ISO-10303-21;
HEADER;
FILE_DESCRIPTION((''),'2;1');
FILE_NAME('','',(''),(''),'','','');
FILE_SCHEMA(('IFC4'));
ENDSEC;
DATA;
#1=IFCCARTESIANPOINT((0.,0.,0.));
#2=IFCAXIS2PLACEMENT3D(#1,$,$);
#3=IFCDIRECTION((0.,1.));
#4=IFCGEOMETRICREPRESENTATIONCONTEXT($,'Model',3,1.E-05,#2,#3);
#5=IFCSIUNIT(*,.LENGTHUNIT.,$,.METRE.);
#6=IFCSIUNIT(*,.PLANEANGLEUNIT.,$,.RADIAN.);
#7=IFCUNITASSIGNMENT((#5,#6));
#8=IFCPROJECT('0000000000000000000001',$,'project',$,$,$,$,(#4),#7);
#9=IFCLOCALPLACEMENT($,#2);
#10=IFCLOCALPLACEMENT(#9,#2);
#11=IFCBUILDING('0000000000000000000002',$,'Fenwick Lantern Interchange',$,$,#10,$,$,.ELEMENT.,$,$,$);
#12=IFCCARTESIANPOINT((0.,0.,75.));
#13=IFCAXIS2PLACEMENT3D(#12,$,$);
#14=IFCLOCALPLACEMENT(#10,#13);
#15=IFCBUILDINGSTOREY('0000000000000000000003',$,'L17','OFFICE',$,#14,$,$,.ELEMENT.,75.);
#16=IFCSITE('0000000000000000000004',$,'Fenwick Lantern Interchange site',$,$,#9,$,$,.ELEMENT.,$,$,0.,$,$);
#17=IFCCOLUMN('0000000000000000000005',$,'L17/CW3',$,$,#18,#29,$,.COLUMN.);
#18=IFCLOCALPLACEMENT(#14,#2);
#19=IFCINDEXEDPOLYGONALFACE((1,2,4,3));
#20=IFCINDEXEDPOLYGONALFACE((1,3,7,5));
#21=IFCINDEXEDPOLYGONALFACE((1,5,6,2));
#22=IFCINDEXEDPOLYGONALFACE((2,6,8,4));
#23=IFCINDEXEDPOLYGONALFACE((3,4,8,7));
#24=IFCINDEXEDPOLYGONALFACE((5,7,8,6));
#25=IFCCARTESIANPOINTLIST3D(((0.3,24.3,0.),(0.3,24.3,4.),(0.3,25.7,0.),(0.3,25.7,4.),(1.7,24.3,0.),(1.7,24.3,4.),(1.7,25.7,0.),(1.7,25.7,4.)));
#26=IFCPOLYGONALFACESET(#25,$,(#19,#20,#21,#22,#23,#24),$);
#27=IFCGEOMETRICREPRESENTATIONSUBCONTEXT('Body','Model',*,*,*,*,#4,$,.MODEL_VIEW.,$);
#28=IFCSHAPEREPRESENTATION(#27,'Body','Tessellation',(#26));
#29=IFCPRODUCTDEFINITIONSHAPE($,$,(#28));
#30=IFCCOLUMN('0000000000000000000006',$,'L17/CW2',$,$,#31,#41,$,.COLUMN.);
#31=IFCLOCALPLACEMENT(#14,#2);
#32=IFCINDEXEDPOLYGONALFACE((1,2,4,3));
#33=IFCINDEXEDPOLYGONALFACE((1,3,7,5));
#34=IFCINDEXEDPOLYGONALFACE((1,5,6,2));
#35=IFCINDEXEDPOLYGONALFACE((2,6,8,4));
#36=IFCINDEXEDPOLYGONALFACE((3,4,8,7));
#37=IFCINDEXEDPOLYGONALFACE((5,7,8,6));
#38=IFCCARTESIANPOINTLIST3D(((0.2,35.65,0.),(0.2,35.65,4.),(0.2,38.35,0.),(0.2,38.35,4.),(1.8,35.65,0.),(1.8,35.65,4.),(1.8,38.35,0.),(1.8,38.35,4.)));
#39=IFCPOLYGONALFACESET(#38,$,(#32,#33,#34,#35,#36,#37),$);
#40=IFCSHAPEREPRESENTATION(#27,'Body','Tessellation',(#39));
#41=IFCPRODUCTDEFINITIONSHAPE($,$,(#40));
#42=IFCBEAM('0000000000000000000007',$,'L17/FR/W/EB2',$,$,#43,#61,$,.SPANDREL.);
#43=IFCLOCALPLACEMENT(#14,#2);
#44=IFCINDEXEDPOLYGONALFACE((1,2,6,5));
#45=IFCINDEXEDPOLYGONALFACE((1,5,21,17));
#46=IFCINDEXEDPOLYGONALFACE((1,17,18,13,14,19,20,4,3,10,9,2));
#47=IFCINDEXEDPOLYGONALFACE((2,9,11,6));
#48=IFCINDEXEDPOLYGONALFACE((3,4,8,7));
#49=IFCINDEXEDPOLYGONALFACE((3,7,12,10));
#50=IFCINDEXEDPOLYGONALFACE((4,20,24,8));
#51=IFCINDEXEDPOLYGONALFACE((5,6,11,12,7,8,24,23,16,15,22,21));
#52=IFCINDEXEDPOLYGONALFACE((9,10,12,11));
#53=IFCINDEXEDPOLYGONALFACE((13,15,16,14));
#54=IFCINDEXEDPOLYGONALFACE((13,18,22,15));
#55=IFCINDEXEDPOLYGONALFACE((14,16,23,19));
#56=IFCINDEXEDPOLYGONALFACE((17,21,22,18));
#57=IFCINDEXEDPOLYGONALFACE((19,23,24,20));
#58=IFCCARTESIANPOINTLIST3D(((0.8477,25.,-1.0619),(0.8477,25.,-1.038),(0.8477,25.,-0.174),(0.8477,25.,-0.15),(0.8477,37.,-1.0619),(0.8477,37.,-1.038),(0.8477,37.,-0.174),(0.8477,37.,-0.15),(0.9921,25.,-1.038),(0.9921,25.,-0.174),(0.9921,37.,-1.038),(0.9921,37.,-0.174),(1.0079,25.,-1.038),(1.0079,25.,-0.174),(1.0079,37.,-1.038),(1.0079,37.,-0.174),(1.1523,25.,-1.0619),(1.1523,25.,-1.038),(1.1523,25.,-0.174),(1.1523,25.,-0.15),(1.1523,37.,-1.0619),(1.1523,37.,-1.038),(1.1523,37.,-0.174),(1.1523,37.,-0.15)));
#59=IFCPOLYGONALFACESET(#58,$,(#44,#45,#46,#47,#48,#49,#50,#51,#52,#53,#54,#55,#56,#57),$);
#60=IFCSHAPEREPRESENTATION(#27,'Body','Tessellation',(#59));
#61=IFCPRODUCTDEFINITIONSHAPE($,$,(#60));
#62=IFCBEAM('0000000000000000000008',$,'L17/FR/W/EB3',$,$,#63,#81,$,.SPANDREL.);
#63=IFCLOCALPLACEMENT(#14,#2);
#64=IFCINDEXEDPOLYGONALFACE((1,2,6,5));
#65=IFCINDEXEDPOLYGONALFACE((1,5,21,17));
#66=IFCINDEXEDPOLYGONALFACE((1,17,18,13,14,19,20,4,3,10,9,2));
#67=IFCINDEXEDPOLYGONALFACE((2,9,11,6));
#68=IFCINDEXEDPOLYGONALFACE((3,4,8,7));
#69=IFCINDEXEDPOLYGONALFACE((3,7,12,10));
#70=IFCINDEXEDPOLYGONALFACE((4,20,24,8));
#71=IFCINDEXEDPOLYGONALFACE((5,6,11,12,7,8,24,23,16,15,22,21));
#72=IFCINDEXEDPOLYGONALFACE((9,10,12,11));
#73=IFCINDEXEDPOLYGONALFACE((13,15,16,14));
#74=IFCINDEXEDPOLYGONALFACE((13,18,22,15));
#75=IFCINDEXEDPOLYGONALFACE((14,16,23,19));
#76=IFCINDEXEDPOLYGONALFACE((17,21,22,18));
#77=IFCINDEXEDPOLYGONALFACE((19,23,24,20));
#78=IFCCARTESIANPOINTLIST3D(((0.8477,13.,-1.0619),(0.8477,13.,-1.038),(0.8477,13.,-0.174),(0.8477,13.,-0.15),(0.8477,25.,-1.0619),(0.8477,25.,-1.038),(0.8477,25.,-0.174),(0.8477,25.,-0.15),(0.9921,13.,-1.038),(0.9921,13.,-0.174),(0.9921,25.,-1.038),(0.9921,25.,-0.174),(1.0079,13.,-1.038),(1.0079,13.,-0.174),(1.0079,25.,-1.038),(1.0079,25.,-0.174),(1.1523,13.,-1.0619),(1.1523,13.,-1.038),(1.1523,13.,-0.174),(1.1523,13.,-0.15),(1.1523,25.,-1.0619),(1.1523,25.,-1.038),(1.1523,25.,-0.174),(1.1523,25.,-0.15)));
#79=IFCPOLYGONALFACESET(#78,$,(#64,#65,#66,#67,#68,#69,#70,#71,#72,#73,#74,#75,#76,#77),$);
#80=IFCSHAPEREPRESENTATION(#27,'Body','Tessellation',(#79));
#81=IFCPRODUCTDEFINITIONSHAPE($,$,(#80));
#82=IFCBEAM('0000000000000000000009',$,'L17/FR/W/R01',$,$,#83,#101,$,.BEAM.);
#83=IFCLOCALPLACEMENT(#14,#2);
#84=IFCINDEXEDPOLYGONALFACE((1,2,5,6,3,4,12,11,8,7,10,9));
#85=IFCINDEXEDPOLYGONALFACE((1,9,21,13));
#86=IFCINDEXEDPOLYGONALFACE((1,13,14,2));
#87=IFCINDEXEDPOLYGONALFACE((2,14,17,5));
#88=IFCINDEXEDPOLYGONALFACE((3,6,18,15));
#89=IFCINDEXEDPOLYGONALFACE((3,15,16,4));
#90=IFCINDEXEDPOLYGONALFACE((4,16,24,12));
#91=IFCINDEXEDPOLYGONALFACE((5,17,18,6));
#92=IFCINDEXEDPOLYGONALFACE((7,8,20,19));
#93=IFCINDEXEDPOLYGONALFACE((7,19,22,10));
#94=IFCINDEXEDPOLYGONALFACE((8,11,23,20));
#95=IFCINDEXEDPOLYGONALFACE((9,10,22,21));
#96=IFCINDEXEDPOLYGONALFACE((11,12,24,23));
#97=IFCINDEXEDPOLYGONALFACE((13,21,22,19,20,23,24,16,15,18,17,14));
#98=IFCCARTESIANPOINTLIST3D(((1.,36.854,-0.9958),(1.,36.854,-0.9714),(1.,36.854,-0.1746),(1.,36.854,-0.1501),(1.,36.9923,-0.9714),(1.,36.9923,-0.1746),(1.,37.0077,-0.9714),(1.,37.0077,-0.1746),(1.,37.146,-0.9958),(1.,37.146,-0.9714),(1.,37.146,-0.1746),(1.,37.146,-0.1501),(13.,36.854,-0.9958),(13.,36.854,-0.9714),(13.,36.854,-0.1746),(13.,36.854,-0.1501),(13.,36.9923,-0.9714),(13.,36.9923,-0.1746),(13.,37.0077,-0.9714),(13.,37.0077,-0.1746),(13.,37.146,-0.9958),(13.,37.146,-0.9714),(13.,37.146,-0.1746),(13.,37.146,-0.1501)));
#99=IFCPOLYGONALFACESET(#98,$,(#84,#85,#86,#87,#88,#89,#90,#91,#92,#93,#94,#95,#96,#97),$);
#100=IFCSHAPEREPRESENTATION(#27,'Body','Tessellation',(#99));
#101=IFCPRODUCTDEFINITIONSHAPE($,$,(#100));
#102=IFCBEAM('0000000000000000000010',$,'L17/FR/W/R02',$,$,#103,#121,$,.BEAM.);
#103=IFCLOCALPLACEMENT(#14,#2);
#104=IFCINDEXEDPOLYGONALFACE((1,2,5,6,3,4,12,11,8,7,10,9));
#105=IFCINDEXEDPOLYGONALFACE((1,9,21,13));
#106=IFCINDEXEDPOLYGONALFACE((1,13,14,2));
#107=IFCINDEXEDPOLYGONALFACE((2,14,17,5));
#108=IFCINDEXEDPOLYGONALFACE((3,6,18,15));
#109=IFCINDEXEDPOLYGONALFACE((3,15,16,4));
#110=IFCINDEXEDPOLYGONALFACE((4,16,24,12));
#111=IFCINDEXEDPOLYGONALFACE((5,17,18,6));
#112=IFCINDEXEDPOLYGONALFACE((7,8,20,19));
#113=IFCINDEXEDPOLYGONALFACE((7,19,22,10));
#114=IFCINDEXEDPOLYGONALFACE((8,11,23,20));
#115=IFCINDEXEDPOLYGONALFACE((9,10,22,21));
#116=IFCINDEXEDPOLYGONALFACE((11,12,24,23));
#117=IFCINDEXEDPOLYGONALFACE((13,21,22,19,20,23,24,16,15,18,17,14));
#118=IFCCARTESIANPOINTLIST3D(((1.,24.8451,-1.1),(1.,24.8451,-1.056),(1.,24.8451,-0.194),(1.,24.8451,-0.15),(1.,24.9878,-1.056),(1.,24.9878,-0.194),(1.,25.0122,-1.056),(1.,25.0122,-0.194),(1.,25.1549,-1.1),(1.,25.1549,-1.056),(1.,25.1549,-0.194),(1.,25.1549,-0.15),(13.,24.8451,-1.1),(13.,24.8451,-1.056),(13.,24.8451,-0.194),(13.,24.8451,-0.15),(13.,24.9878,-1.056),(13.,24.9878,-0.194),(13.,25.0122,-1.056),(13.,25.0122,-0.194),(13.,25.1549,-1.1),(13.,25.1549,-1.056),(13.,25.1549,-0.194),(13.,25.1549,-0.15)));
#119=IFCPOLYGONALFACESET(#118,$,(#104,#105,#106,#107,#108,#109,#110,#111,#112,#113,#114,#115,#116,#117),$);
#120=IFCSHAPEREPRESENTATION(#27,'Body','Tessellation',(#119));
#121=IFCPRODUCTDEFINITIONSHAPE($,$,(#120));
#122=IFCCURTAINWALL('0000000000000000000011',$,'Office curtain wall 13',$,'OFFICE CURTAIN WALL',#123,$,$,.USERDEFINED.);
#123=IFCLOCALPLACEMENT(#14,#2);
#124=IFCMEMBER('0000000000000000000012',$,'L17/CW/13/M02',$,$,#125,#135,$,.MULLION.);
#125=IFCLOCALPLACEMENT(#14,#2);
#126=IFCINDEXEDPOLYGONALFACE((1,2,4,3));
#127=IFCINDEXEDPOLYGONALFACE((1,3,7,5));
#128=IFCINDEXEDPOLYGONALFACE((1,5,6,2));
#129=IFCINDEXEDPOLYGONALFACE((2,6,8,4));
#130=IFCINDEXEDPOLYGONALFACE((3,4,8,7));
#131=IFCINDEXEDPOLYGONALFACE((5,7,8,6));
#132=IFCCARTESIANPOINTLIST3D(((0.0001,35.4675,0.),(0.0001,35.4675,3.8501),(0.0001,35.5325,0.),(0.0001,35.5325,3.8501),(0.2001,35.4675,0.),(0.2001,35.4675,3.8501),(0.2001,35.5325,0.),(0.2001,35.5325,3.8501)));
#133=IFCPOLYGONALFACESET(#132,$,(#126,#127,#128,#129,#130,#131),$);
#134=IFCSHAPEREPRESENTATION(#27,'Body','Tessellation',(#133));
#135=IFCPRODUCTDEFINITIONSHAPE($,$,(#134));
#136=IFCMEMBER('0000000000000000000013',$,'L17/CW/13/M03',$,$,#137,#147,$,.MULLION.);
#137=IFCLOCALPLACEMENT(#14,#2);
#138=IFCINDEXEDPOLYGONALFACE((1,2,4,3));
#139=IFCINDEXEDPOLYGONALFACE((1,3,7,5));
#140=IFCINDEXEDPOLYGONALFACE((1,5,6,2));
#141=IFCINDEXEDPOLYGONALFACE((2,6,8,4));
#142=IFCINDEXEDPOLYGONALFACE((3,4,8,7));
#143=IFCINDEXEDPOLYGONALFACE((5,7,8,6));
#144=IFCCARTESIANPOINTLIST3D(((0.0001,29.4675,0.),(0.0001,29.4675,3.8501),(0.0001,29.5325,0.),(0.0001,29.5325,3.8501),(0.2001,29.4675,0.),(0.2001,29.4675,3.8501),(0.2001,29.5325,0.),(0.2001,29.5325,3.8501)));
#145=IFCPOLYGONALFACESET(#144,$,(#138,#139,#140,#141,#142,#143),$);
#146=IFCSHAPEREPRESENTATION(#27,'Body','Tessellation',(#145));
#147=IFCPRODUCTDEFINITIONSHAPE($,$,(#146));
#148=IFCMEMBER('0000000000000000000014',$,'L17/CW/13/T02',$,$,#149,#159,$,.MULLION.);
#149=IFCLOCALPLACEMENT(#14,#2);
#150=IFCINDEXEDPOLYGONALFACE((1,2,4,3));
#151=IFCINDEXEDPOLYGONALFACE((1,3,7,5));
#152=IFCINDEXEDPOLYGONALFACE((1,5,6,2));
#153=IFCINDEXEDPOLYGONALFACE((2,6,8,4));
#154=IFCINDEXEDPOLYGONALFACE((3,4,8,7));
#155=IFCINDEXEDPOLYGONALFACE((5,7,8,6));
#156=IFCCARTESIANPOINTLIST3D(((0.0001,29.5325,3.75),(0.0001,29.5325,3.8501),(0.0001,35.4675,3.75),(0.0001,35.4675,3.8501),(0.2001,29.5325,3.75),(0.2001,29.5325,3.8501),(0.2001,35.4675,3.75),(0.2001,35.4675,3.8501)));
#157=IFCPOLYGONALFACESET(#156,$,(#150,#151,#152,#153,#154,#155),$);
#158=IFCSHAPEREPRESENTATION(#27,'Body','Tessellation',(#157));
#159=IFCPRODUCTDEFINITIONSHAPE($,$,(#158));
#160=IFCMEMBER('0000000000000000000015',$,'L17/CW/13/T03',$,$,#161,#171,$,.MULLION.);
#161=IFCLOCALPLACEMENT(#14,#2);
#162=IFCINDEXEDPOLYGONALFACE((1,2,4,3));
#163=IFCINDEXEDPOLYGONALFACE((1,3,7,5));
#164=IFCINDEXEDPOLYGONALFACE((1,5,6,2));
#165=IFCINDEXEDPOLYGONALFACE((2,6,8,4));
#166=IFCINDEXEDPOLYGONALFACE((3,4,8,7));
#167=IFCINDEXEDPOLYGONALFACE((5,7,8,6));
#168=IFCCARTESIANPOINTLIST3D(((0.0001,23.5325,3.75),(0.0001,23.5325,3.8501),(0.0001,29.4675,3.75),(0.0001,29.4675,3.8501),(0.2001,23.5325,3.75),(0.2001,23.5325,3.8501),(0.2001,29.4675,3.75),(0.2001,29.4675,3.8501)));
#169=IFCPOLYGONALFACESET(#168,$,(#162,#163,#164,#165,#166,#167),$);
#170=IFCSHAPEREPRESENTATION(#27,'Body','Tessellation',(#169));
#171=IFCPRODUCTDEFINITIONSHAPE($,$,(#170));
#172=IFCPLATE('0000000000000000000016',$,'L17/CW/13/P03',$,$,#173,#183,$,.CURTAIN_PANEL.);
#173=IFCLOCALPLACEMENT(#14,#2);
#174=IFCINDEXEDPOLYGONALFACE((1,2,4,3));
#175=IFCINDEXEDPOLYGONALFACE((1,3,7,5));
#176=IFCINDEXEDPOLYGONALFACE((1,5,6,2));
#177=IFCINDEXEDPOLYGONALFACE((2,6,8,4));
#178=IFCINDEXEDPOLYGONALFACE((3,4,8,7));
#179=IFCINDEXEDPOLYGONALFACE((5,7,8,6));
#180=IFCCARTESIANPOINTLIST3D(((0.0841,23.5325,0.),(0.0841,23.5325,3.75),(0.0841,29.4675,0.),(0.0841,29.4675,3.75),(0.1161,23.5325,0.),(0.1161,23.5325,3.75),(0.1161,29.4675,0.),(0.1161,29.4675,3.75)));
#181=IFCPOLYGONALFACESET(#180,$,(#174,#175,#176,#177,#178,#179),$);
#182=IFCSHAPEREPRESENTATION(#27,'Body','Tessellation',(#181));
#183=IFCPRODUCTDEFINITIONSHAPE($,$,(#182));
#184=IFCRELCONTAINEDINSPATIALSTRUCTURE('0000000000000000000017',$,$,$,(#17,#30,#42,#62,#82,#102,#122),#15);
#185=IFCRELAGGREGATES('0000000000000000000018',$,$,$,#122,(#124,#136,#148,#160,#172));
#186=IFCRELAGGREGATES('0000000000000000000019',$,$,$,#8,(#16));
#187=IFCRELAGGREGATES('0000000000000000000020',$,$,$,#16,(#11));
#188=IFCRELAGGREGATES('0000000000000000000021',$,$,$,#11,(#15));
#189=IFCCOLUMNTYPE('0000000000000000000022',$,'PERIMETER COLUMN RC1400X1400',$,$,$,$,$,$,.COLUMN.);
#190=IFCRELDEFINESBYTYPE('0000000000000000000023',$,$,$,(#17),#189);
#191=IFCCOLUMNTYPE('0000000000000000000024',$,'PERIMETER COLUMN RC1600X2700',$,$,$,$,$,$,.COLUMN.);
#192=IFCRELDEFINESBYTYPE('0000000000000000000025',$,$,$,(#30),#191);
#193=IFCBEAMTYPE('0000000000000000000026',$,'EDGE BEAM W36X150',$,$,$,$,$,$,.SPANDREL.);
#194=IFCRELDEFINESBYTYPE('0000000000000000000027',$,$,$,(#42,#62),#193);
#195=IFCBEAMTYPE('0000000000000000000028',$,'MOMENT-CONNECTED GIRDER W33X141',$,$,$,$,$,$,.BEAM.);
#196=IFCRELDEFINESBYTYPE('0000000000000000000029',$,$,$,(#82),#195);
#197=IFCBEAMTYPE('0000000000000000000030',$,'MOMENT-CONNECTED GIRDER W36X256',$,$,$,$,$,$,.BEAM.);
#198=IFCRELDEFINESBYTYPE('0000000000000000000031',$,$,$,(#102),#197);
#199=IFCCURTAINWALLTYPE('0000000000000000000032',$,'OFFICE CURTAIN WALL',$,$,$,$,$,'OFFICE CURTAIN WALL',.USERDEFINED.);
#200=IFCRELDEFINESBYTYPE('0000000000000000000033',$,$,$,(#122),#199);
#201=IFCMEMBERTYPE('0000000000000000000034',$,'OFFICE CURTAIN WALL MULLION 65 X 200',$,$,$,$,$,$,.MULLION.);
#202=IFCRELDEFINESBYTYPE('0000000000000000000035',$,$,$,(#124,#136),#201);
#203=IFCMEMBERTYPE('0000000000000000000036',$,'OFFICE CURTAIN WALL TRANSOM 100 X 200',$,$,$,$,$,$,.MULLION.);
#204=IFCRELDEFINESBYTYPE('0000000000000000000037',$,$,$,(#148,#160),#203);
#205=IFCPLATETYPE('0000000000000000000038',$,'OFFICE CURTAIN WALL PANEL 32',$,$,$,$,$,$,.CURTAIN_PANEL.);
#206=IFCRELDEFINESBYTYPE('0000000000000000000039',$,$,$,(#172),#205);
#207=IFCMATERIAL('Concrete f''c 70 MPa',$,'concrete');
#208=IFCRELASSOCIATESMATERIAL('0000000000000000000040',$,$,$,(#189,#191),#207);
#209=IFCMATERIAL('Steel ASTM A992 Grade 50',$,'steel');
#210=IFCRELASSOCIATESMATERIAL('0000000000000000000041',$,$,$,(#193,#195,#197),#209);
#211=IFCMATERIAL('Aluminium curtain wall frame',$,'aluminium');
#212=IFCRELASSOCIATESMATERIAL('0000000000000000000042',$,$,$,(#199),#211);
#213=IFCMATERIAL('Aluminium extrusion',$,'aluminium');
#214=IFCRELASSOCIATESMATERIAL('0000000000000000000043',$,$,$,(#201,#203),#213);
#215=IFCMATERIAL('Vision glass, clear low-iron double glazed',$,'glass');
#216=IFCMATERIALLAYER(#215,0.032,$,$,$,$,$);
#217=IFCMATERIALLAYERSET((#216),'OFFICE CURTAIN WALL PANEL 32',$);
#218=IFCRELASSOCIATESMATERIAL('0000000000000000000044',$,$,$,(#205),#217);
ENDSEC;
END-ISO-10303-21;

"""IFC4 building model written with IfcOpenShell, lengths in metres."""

from ifc_helpers import new_model, si_unit, direction, frame, origin, origin_2d, place, context, subcontext, project, spatial, rectangle, i_section, extrude, material, layer, layer_set, material_profile, profile_set, type_object, element, aggregate, save


model = new_model("IFC4")

# Units and contexts
model_context = context("Model", 3, precision=1e-05, world=origin(), true_north=direction((0.0, 1.0)))
body_context = subcontext(model_context, "Body", "Model", "MODEL_VIEW")
ifc_project = project(units=[si_unit("LENGTHUNIT", "METRE"), si_unit("PLANEANGLEUNIT", "RADIAN")], contexts=[model_context])

# Site, building, storey
site_placement = place(None, origin())
site = spatial("IfcSite", under=ifc_project, at=site_placement, Name="Fenwick Lantern Interchange site", CompositionType="ELEMENT", RefElevation=0.0)
building_placement = place(site_placement, origin())
building = spatial("IfcBuilding", under=site, at=building_placement, Name="Fenwick Lantern Interchange", CompositionType="ELEMENT")
storey_placement = place(building_placement, frame((0.0, 0.0, 75.0)))
storey = spatial("IfcBuildingStorey", under=building, at=storey_placement, Name="L17", Description="OFFICE", CompositionType="ELEMENT", Elevation=75.0)

# Columns
ifc_material_1 = material(Name="Concrete f'c 70 MPa", Category="concrete")
ifc_material_profile_1 = material_profile(ifc_material_1, rectangle(XDim=1.3999, YDim=1.3999, at=origin_2d()), Name="RC1400X1400")
ifc_profile_set_1 = profile_set([ifc_material_profile_1], Name="Concrete f'c 70 MPa")
column_type_1 = type_object("IfcColumnType", Name="PERIMETER COLUMN RC1400X1400", PredefinedType="COLUMN", material=ifc_profile_set_1)
column_1_placement = place(storey_placement, frame((1.0, 25.0, 0.0), z_axis=(0.0, 0.0, 1.0), x_axis=(1.0, 0.0, 0.0)))
element("IfcColumn", 1, at=column_1_placement, inside=storey, type_object=column_type_1, Name="L17/CW3", PredefinedType="COLUMN", context=body_context, shape_type="SweptSolid", body=[
    extrude(rectangle(XDim=1.3999, YDim=1.3999, at=origin_2d()), origin(), (0.0, 0.0, 1.0), 4.0),
])
ifc_material_profile_2 = material_profile(ifc_material_1, rectangle(XDim=1.6001, YDim=2.7, at=origin_2d()), Name="RC1600X2700")
ifc_profile_set_2 = profile_set([ifc_material_profile_2], Name="Concrete f'c 70 MPa")
column_type_2 = type_object("IfcColumnType", Name="PERIMETER COLUMN RC1600X2700", PredefinedType="COLUMN", material=ifc_profile_set_2)
column_2_placement = place(storey_placement, frame((1.0, 37.0, 0.0), z_axis=(0.0, 0.0, 1.0), x_axis=(1.0, 0.0, 0.0)))
element("IfcColumn", 2, at=column_2_placement, inside=storey, type_object=column_type_2, Name="L17/CW2", PredefinedType="COLUMN", context=body_context, shape_type="SweptSolid", body=[
    extrude(rectangle(XDim=1.6001, YDim=2.7, at=origin_2d()), origin(), (0.0, 0.0, 1.0), 4.0),
])

# Beams
ifc_material_2 = material(Name="Steel ASTM A992 Grade 50", Category="steel")
ifc_material_profile_3 = material_profile(ifc_material_2, i_section(OverallWidth=0.3047, OverallDepth=0.9119, WebThickness=0.0159, FlangeThickness=0.0239, at=origin_2d()), Name="W36X150")
ifc_profile_set_3 = profile_set([ifc_material_profile_3], Name="Steel ASTM A992 Grade 50")
beam_type_1 = type_object("IfcBeamType", Name="EDGE BEAM W36X150", PredefinedType="SPANDREL", material=ifc_profile_set_3)
for number, where, z_axis, x_axis, name in (
    (3, (1.0, 37.0, -0.606), (0.0, -1.0, 0.0), (1.0, 0.0, 0.0), "L17/FR/W/EB2"),
    (4, (1.0, 25.0, -0.606), (0.0, -1.0, 0.0), (1.0, 0.0, 0.0), "L17/FR/W/EB3"),
):
    element("IfcBeam", number, at=place(storey_placement, frame(where, z_axis=z_axis, x_axis=x_axis)), inside=storey, type_object=beam_type_1, Name=name, PredefinedType="SPANDREL", context=body_context, shape_type="SweptSolid", body=[
        extrude(i_section(OverallWidth=0.3047, OverallDepth=0.9119, WebThickness=0.0159, FlangeThickness=0.0239, at=origin_2d()), origin(), (0.0, 0.0, 1.0), 12.0),
    ])
ifc_material_profile_4 = material_profile(ifc_material_2, i_section(OverallWidth=0.292, OverallDepth=0.8457, WebThickness=0.0154, FlangeThickness=0.0244, at=origin_2d()), Name="W33X141")
ifc_profile_set_4 = profile_set([ifc_material_profile_4], Name="Steel ASTM A992 Grade 50")
beam_type_2 = type_object("IfcBeamType", Name="MOMENT-CONNECTED GIRDER W33X141", PredefinedType="BEAM", material=ifc_profile_set_4)
beam_1_placement = place(storey_placement, frame((1.0, 37.0, -0.573), z_axis=(1.0, 0.0, 0.0), x_axis=(0.0, 1.0, 0.0)))
element("IfcBeam", 5, at=beam_1_placement, inside=storey, type_object=beam_type_2, Name="L17/FR/W/R01", PredefinedType="BEAM", context=body_context, shape_type="SweptSolid", body=[
    extrude(i_section(OverallWidth=0.292, OverallDepth=0.8457, WebThickness=0.0154, FlangeThickness=0.0244, at=origin_2d()), origin(), (0.0, 0.0, 1.0), 12.0),
])
ifc_material_profile_5 = material_profile(ifc_material_2, i_section(OverallWidth=0.3098, OverallDepth=0.95, WebThickness=0.0244, FlangeThickness=0.0439, at=origin_2d()), Name="W36X256")
ifc_profile_set_5 = profile_set([ifc_material_profile_5], Name="Steel ASTM A992 Grade 50")
beam_type_3 = type_object("IfcBeamType", Name="MOMENT-CONNECTED GIRDER W36X256", PredefinedType="BEAM", material=ifc_profile_set_5)
beam_2_placement = place(storey_placement, frame((1.0, 25.0, -0.625), z_axis=(1.0, 0.0, 0.0), x_axis=(0.0, 1.0, 0.0)))
element("IfcBeam", 6, at=beam_2_placement, inside=storey, type_object=beam_type_3, Name="L17/FR/W/R02", PredefinedType="BEAM", context=body_context, shape_type="SweptSolid", body=[
    extrude(i_section(OverallWidth=0.3098, OverallDepth=0.95, WebThickness=0.0244, FlangeThickness=0.0439, at=origin_2d()), origin(), (0.0, 0.0, 1.0), 12.0),
])

# Curtain wall, members, plate
ifc_material_3 = material(Name="Aluminium curtain wall frame", Category="aluminium")
curtain_wall_type = type_object("IfcCurtainWallType", Name="OFFICE CURTAIN WALL", ElementType="OFFICE CURTAIN WALL", PredefinedType="USERDEFINED", material=ifc_material_3)
curtain_wall_placement = place(storey_placement, origin())
curtain_wall = element("IfcCurtainWall", 7, at=curtain_wall_placement, inside=storey, type_object=curtain_wall_type, Name="Office curtain wall 13", ObjectType="OFFICE CURTAIN WALL", PredefinedType="USERDEFINED")
ifc_material_4 = material(Name="Aluminium extrusion", Category="aluminium")
ifc_material_profile_6 = material_profile(ifc_material_4, rectangle(XDim=0.2, YDim=0.0649, at=origin_2d()), Name="OFFICE CURTAIN WALL MULLION 65 X 200")
ifc_profile_set_6 = profile_set([ifc_material_profile_6], Name="Aluminium extrusion")
member_type_1 = type_object("IfcMemberType", Name="OFFICE CURTAIN WALL MULLION 65 X 200", PredefinedType="MULLION", material=ifc_profile_set_6)
member_1_placement = place(storey_placement, frame((0.1001, 35.5, 0.0), z_axis=(0.0, 0.0, 1.0), x_axis=(1.0, 0.0, 0.0)))
member_1 = element("IfcMember", 8, at=member_1_placement, type_object=member_type_1, Name="L17/CW/13/M02", PredefinedType="MULLION", context=body_context, shape_type="SweptSolid", body=[
    extrude(rectangle(XDim=0.2, YDim=0.0649, at=origin_2d()), origin(), (0.0, 0.0, 1.0), 3.8501),
])
member_2_placement = place(storey_placement, frame((0.1001, 29.5, 0.0), z_axis=(0.0, 0.0, 1.0), x_axis=(1.0, 0.0, 0.0)))
member_2 = element("IfcMember", 9, at=member_2_placement, type_object=member_type_1, Name="L17/CW/13/M03", PredefinedType="MULLION", context=body_context, shape_type="SweptSolid", body=[
    extrude(rectangle(XDim=0.2, YDim=0.0649, at=origin_2d()), origin(), (0.0, 0.0, 1.0), 3.8501),
])
ifc_material_profile_7 = material_profile(ifc_material_4, rectangle(XDim=0.2, YDim=0.1001, at=origin_2d()), Name="OFFICE CURTAIN WALL TRANSOM 100 X 200")
ifc_profile_set_7 = profile_set([ifc_material_profile_7], Name="Aluminium extrusion")
member_type_2 = type_object("IfcMemberType", Name="OFFICE CURTAIN WALL TRANSOM 100 X 200", PredefinedType="MULLION", material=ifc_profile_set_7)
member_3_placement = place(storey_placement, frame((0.1001, 35.4675, 3.8), z_axis=(0.0, -1.0, 0.0), x_axis=(1.0, 0.0, 0.0)))
member_3 = element("IfcMember", 10, at=member_3_placement, type_object=member_type_2, Name="L17/CW/13/T02", PredefinedType="MULLION", context=body_context, shape_type="SweptSolid", body=[
    extrude(rectangle(XDim=0.2, YDim=0.1001, at=origin_2d()), origin(), (0.0, 0.0, 1.0), 5.9351),
])
member_4_placement = place(storey_placement, frame((0.1001, 29.4675, 3.8), z_axis=(0.0, -1.0, 0.0), x_axis=(1.0, 0.0, 0.0)))
member_4 = element("IfcMember", 11, at=member_4_placement, type_object=member_type_2, Name="L17/CW/13/T03", PredefinedType="MULLION", context=body_context, shape_type="SweptSolid", body=[
    extrude(rectangle(XDim=0.2, YDim=0.1001, at=origin_2d()), origin(), (0.0, 0.0, 1.0), 5.9351),
])
ifc_material_5 = material(Name="Vision glass, clear low-iron double glazed", Category="glass")
ifc_layer_1 = layer(ifc_material_5, 0.032)
ifc_layer_set_1 = layer_set([ifc_layer_1], Name="OFFICE CURTAIN WALL PANEL 32")
plate_type = type_object("IfcPlateType", Name="OFFICE CURTAIN WALL PANEL 32", PredefinedType="CURTAIN_PANEL", material=ifc_layer_set_1)
plate_placement = place(storey_placement, frame((0.1001, 26.5, 0.0), z_axis=(0.0, 0.0, 1.0), x_axis=(0.0, -1.0, 0.0)))
plate = element("IfcPlate", 12, at=plate_placement, type_object=plate_type, Name="L17/CW/13/P03", PredefinedType="CURTAIN_PANEL", context=body_context, shape_type="SweptSolid", body=[
    extrude(rectangle(XDim=5.9351, YDim=0.032, at=origin_2d()), origin(), (0.0, 0.0, 1.0), 3.75),
])
aggregate(curtain_wall, [member_1, member_2, member_3, member_4, plate])

save(model, "model.ifc")
